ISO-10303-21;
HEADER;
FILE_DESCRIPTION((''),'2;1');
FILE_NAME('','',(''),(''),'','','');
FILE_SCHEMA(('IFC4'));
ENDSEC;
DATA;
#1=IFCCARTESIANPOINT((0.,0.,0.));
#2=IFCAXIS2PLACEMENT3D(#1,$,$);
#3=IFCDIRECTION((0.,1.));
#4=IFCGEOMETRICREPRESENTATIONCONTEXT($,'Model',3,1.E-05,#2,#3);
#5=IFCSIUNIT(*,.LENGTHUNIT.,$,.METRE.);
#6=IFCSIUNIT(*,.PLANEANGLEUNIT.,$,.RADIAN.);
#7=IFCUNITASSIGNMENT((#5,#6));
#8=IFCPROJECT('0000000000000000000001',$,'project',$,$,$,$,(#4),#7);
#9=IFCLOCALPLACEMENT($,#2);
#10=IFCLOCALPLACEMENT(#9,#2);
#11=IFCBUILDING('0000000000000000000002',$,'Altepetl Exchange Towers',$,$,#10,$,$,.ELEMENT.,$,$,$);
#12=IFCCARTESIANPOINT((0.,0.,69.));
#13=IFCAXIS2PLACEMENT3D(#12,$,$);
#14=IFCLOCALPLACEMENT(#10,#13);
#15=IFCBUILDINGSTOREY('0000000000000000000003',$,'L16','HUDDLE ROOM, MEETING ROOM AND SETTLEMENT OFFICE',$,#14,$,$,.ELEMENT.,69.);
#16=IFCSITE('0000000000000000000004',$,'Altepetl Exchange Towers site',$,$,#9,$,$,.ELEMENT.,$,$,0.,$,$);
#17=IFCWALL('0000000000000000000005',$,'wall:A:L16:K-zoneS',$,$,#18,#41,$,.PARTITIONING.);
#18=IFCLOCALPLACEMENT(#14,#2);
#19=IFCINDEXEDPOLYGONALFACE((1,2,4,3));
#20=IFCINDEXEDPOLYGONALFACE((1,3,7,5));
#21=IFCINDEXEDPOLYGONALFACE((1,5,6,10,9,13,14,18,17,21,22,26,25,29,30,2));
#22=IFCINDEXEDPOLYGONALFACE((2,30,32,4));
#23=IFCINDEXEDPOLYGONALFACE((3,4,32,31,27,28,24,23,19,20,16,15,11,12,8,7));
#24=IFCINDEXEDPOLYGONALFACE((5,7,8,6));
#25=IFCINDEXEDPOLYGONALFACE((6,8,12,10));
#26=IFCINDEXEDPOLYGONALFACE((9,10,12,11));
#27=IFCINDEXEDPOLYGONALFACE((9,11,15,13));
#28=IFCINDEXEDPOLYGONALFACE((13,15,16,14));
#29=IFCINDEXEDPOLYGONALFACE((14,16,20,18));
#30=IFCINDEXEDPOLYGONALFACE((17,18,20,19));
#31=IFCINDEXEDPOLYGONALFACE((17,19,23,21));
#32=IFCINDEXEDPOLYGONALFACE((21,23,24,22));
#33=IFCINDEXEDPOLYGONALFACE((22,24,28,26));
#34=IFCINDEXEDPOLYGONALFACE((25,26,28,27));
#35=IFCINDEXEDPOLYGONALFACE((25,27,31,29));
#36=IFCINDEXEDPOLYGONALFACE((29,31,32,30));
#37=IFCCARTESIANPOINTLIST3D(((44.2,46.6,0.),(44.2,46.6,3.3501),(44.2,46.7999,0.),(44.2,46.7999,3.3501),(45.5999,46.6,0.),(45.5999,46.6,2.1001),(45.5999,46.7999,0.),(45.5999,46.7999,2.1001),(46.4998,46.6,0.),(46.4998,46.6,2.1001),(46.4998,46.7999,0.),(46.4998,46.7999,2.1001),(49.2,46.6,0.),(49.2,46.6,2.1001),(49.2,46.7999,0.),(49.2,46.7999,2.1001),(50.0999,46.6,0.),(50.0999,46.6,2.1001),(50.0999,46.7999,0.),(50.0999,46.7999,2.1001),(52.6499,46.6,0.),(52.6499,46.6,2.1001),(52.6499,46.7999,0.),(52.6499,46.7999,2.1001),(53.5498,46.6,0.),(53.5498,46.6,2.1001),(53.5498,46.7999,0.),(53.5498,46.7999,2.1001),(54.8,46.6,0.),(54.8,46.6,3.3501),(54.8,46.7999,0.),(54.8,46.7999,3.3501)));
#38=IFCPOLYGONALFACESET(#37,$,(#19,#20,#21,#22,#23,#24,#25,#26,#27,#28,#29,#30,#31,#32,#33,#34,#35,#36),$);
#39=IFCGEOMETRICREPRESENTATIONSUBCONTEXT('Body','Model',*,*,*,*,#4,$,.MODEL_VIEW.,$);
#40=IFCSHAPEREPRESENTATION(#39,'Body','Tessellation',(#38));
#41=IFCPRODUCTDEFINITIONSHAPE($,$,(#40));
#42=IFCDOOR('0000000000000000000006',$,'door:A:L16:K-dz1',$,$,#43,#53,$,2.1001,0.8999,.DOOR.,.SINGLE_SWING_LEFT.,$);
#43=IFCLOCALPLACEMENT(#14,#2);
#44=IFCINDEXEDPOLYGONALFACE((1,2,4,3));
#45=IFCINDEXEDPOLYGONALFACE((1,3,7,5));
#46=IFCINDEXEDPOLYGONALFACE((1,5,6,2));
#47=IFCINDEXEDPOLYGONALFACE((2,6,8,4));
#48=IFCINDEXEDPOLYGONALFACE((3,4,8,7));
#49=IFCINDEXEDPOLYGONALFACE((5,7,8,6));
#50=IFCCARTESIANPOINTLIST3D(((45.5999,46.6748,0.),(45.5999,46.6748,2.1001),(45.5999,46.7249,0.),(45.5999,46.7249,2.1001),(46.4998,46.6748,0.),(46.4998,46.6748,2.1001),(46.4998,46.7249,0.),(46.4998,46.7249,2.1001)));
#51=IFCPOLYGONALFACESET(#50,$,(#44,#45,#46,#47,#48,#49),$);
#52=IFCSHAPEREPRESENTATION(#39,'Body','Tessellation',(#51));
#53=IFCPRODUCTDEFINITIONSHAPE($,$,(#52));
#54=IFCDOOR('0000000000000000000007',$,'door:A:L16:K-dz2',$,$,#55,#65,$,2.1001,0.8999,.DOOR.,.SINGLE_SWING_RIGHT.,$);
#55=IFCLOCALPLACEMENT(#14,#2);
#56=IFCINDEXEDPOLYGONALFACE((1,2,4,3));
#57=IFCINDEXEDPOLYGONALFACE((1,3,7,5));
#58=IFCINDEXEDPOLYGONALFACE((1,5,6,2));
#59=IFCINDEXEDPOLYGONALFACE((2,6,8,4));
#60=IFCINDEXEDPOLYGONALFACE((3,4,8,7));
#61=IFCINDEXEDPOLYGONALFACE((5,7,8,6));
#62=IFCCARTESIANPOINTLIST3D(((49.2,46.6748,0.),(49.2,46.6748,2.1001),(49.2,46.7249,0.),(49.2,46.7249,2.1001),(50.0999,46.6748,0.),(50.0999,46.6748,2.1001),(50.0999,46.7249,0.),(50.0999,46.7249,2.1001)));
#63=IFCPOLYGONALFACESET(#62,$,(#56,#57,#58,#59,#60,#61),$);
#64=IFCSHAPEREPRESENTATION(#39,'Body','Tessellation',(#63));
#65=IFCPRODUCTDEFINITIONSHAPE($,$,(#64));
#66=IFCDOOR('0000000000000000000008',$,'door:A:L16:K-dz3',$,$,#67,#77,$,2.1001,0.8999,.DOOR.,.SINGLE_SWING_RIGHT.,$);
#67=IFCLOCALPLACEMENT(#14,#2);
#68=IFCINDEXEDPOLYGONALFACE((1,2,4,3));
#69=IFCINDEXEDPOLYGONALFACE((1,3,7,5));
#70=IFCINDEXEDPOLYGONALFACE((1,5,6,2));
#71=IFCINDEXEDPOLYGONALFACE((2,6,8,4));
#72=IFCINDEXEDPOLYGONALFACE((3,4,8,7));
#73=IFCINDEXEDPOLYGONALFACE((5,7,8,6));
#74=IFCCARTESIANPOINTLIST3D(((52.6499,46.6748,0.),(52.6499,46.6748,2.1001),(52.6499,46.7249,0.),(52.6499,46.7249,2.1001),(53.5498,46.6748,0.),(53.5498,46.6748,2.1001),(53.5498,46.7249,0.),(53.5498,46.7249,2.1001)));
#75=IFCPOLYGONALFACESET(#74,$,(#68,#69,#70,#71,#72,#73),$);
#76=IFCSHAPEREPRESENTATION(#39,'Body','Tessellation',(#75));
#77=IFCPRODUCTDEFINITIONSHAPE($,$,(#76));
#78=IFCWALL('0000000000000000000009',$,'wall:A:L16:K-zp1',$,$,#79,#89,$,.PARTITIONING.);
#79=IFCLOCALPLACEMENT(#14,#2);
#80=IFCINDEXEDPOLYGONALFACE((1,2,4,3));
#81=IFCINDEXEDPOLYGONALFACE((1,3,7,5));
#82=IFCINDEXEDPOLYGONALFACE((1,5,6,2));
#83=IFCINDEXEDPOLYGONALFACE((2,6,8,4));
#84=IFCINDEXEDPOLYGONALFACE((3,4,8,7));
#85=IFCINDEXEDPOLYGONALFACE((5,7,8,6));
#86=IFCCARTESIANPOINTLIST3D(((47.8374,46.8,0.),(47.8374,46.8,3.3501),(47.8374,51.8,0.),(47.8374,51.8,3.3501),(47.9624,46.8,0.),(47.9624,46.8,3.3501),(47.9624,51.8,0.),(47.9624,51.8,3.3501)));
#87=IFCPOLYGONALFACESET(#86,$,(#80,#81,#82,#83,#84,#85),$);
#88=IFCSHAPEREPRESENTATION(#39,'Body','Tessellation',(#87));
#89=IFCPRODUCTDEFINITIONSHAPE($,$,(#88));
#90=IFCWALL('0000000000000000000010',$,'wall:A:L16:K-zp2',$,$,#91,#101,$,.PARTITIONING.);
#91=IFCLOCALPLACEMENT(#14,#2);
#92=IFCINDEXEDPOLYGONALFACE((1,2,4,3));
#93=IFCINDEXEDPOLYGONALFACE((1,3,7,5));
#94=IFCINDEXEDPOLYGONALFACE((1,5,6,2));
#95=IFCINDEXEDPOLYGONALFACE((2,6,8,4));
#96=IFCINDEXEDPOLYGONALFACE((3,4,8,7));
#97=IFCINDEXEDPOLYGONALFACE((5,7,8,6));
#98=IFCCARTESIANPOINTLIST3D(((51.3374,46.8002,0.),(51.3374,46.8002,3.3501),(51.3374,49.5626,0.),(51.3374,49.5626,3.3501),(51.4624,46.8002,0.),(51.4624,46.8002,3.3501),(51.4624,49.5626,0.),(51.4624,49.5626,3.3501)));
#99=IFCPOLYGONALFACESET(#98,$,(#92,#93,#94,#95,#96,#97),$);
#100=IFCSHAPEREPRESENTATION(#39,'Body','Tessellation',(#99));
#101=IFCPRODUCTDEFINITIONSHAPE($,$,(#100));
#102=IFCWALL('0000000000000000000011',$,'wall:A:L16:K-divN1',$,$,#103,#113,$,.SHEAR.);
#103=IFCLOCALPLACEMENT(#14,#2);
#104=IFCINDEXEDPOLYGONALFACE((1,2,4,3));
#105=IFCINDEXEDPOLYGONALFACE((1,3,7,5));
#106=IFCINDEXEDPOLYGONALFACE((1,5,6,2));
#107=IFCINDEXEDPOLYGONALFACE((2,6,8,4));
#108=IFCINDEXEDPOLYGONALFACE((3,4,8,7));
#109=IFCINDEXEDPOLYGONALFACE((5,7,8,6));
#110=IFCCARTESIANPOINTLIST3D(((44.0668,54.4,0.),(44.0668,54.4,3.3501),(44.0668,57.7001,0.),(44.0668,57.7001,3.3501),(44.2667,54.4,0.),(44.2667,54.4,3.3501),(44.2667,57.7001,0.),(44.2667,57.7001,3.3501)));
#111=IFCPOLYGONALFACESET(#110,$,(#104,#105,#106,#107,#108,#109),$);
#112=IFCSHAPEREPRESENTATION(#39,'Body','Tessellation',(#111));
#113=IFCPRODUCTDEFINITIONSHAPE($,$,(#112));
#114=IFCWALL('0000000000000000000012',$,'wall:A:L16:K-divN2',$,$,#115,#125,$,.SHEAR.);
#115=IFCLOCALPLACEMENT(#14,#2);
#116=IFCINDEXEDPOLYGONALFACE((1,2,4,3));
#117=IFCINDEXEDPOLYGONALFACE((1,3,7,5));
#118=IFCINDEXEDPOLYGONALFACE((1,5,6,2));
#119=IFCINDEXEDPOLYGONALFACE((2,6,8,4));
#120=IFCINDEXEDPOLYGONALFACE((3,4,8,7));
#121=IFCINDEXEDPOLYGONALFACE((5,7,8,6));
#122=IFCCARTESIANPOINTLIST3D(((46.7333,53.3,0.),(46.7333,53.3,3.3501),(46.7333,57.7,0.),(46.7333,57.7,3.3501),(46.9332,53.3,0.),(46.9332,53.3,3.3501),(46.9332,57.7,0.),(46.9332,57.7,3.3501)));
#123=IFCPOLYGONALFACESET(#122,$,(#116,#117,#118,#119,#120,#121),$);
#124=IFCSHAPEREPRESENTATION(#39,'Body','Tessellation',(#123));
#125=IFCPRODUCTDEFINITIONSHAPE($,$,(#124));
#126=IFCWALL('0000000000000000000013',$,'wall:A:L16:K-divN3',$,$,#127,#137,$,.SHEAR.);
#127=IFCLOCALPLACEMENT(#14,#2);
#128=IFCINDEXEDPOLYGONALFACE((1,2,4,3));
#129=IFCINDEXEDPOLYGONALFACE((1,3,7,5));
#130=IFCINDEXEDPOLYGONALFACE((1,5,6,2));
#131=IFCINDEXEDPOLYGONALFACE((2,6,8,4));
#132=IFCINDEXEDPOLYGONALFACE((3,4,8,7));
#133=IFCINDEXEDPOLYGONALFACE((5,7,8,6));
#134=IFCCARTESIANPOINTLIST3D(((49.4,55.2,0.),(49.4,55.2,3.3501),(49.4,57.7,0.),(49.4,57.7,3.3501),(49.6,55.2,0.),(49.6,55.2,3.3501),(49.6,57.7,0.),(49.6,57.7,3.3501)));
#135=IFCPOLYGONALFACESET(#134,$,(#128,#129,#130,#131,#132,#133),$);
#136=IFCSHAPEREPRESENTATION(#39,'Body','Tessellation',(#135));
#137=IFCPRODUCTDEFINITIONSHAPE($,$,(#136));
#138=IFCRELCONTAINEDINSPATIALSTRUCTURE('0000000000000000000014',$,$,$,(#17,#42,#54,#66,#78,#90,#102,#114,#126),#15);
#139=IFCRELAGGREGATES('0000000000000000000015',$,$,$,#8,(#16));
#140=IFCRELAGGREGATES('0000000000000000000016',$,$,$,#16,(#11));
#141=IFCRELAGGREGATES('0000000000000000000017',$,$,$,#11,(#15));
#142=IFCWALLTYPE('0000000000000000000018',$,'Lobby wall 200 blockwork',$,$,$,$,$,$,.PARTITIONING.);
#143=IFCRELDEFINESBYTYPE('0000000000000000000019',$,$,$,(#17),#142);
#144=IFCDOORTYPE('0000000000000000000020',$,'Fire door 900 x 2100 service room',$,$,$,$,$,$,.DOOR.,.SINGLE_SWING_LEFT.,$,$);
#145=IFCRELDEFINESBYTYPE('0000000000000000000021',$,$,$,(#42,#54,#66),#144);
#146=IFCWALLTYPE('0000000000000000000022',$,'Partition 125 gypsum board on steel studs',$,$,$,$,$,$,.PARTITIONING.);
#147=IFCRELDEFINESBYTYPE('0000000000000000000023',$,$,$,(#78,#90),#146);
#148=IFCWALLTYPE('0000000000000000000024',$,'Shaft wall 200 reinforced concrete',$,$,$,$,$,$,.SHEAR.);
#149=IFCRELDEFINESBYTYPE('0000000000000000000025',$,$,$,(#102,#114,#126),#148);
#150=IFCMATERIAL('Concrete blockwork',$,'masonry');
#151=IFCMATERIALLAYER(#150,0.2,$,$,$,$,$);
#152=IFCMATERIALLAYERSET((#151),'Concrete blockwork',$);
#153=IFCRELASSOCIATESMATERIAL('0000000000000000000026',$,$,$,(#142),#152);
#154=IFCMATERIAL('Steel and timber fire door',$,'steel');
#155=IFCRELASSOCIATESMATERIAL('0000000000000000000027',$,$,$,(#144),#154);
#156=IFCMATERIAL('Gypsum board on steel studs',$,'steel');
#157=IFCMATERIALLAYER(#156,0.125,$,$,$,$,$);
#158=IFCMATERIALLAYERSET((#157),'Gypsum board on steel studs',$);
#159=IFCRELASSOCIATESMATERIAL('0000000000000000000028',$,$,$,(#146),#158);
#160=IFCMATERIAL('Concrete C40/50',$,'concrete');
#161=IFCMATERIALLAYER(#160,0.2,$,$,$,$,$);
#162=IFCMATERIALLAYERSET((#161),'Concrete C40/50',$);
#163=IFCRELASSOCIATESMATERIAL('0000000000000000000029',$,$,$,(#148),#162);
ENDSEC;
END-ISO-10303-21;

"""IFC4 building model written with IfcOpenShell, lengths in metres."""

from ifc_helpers import new_model, si_unit, direction, frame, frame_2d, origin, place, context, subcontext, project, spatial, rectangle, extrude, material, layer, layer_set, type_object, element, fill, save


model = new_model("IFC4")

# Units and contexts
model_context = context("Model", 3, precision=1e-05, world=origin(), true_north=direction((0.0, 1.0)))
body_context = subcontext(model_context, "Body", "Model", "MODEL_VIEW")
ifc_project = project(units=[si_unit("LENGTHUNIT", "METRE"), si_unit("PLANEANGLEUNIT", "RADIAN")], contexts=[model_context])

# Site, building, storey
site_placement = place(None, origin())
site = spatial("IfcSite", under=ifc_project, at=site_placement, Name="Altepetl Exchange Towers site", CompositionType="ELEMENT", RefElevation=0.0)
building_placement = place(site_placement, origin())
building = spatial("IfcBuilding", under=site, at=building_placement, Name="Altepetl Exchange Towers", CompositionType="ELEMENT")
storey_placement = place(building_placement, frame((0.0, 0.0, 69.0)))
storey = spatial("IfcBuildingStorey", under=building, at=storey_placement, Name="L16", Description="HUDDLE ROOM, MEETING ROOM AND SETTLEMENT OFFICE", CompositionType="ELEMENT", Elevation=69.0)

# Shared definitions
ifc_material_1 = material(Name="Concrete blockwork", Category="masonry")
ifc_layer_1 = layer(ifc_material_1, 0.2)
ifc_layer_set_1 = layer_set([ifc_layer_1], Name="Concrete blockwork")
wall_type_1 = type_object("IfcWallType", Name="Lobby wall 200 blockwork", PredefinedType="PARTITIONING", material=ifc_layer_set_1)

# Shared definitions
ifc_material_2 = material(Name="Steel and timber fire door", Category="steel")
door_type_1 = type_object("IfcDoorType", Name="Fire door 900 x 2100 service room", OperationType="SINGLE_SWING_LEFT", PredefinedType="DOOR", material=ifc_material_2)

# Wall, openings, doors
wall_1_placement = place(storey_placement, frame((44.2, 46.7, 0.0)))
wall_1 = element("IfcWall", 1, at=wall_1_placement, inside=storey, type_object=wall_type_1, Name="wall:A:L16:K-zoneS", PredefinedType="PARTITIONING", context=body_context, shape_type="SweptSolid", body=[
    extrude(rectangle(XDim=10.6001, YDim=0.2, at=frame_2d((5.3, 0.0))), origin(), (0.0, 0.0, 1.0), 3.3501),
])
opening_1_placement = place(wall_1_placement, frame((1.3999, 0.0, 0.0)))
opening_1 = element("IfcOpeningElement", 2, at=opening_1_placement, cuts=wall_1, PredefinedType="OPENING", context=body_context, shape_type="SweptSolid", body=[
    extrude(rectangle(XDim=0.8999, YDim=2.1001, at=frame_2d((0.45, 1.05))), frame((0.0, 0.1099, 0.0), z_axis=(0.0, -1.0, 0.0), x_axis=(1.0, 0.0, 0.0)), (0.0, 0.0, 1.0), 0.22),
])
opening_2_placement = place(wall_1_placement, frame((5.0, 0.0, 0.0)))
opening_2 = element("IfcOpeningElement", 3, at=opening_2_placement, cuts=wall_1, PredefinedType="OPENING", context=body_context, shape_type="SweptSolid", body=[
    extrude(rectangle(XDim=0.8999, YDim=2.1001, at=frame_2d((0.45, 1.05))), frame((0.0, 0.1099, 0.0), z_axis=(0.0, -1.0, 0.0), x_axis=(1.0, 0.0, 0.0)), (0.0, 0.0, 1.0), 0.22),
])
opening_3_placement = place(wall_1_placement, frame((8.45, 0.0, 0.0)))
opening_3 = element("IfcOpeningElement", 4, at=opening_3_placement, cuts=wall_1, PredefinedType="OPENING", context=body_context, shape_type="SweptSolid", body=[
    extrude(rectangle(XDim=0.8999, YDim=2.1001, at=frame_2d((0.45, 1.05))), frame((0.0, 0.1099, 0.0), z_axis=(0.0, -1.0, 0.0), x_axis=(1.0, 0.0, 0.0)), (0.0, 0.0, 1.0), 0.22),
])
door_1_placement = place(opening_1_placement, origin())
door_1 = element("IfcDoor", 5, at=door_1_placement, inside=storey, type_object=door_type_1, Name="door:A:L16:K-dz1", OperationType="SINGLE_SWING_LEFT", OverallHeight=2.1001, OverallWidth=0.8999, PredefinedType="DOOR", context=body_context, shape_type="SweptSolid", body=[
    extrude(rectangle(XDim=0.8999, YDim=2.1001, at=frame_2d((0.45, 1.05))), frame((0.0, 0.0249, 0.0), z_axis=(0.0, -1.0, 0.0), x_axis=(1.0, 0.0, 0.0)), (0.0, 0.0, 1.0), 0.05),
])
fill(opening_1, door_1)
door_2_placement = place(opening_2_placement, origin())
door_2 = element("IfcDoor", 6, at=door_2_placement, inside=storey, type_object=door_type_1, Name="door:A:L16:K-dz2", OperationType="SINGLE_SWING_RIGHT", OverallHeight=2.1001, OverallWidth=0.8999, PredefinedType="DOOR", context=body_context, shape_type="SweptSolid", body=[
    extrude(rectangle(XDim=0.8999, YDim=2.1001, at=frame_2d((0.45, 1.05))), frame((0.0, 0.0249, 0.0), z_axis=(0.0, -1.0, 0.0), x_axis=(1.0, 0.0, 0.0)), (0.0, 0.0, 1.0), 0.05),
])
fill(opening_2, door_2)
door_3_placement = place(opening_3_placement, origin())
door_3 = element("IfcDoor", 7, at=door_3_placement, inside=storey, type_object=door_type_1, Name="door:A:L16:K-dz3", OperationType="SINGLE_SWING_RIGHT", OverallHeight=2.1001, OverallWidth=0.8999, PredefinedType="DOOR", context=body_context, shape_type="SweptSolid", body=[
    extrude(rectangle(XDim=0.8999, YDim=2.1001, at=frame_2d((0.45, 1.05))), frame((0.0, 0.0249, 0.0), z_axis=(0.0, -1.0, 0.0), x_axis=(1.0, 0.0, 0.0)), (0.0, 0.0, 1.0), 0.05),
])
fill(opening_3, door_3)

# Walls
ifc_material_3 = material(Name="Gypsum board on steel studs", Category="steel")
ifc_layer_2 = layer(ifc_material_3, 0.125)
ifc_layer_set_2 = layer_set([ifc_layer_2], Name="Gypsum board on steel studs")
wall_type_2 = type_object("IfcWallType", Name="Partition 125 gypsum board on steel studs", PredefinedType="PARTITIONING", material=ifc_layer_set_2)
wall_2_placement = place(storey_placement, frame((47.8999, 46.8, 0.0), z_axis=(0.0, 0.0, 1.0), x_axis=(0.0, 1.0, 0.0)))
element("IfcWall", 8, at=wall_2_placement, inside=storey, type_object=wall_type_2, Name="wall:A:L16:K-zp1", PredefinedType="PARTITIONING", context=body_context, shape_type="SweptSolid", body=[
    extrude(rectangle(XDim=5.0, YDim=0.125, at=frame_2d((2.5, 0.0))), origin(), (0.0, 0.0, 1.0), 3.3501),
])
wall_3_placement = place(storey_placement, frame((51.3999, 46.8, 0.0), z_axis=(0.0, 0.0, 1.0), x_axis=(0.0, 1.0, 0.0)))
element("IfcWall", 9, at=wall_3_placement, inside=storey, type_object=wall_type_2, Name="wall:A:L16:K-zp2", PredefinedType="PARTITIONING", context=body_context, shape_type="SweptSolid", body=[
    extrude(rectangle(XDim=2.7625, YDim=0.125, at=frame_2d((1.3813, 0.0))), origin(), (0.0, 0.0, 1.0), 3.3501),
])
ifc_material_4 = material(Name="Concrete C40/50", Category="concrete")
ifc_layer_3 = layer(ifc_material_4, 0.2)
ifc_layer_set_3 = layer_set([ifc_layer_3], Name="Concrete C40/50")
wall_type_3 = type_object("IfcWallType", Name="Shaft wall 200 reinforced concrete", PredefinedType="SHEAR", material=ifc_layer_set_3)
wall_4_placement = place(storey_placement, frame((44.1667, 57.7, 0.0), z_axis=(0.0, 0.0, 1.0), x_axis=(0.0, -1.0, 0.0)))
element("IfcWall", 10, at=wall_4_placement, inside=storey, type_object=wall_type_3, Name="wall:A:L16:K-divN1", PredefinedType="SHEAR", context=body_context, shape_type="SweptSolid", body=[
    extrude(rectangle(XDim=3.3, YDim=0.2, at=frame_2d((1.6499, 0.0))), origin(), (0.0, 0.0, 1.0), 3.3501),
])
wall_5_placement = place(storey_placement, frame((46.8333, 57.7, 0.0), z_axis=(0.0, 0.0, 1.0), x_axis=(0.0, -1.0, 0.0)))
element("IfcWall", 11, at=wall_5_placement, inside=storey, type_object=wall_type_3, Name="wall:A:L16:K-divN2", PredefinedType="SHEAR", context=body_context, shape_type="SweptSolid", body=[
    extrude(rectangle(XDim=4.3999, YDim=0.2, at=frame_2d((2.2, 0.0))), origin(), (0.0, 0.0, 1.0), 3.3501),
])
wall_6_placement = place(storey_placement, frame((49.5, 57.7, 0.0), z_axis=(0.0, 0.0, 1.0), x_axis=(0.0, -1.0, 0.0)))
element("IfcWall", 12, at=wall_6_placement, inside=storey, type_object=wall_type_3, Name="wall:A:L16:K-divN3", PredefinedType="SHEAR", context=body_context, shape_type="SweptSolid", body=[
    extrude(rectangle(XDim=2.5, YDim=0.2, at=frame_2d((1.25, 0.0))), origin(), (0.0, 0.0, 1.0), 3.3501),
])

save(model, "model.ifc")
